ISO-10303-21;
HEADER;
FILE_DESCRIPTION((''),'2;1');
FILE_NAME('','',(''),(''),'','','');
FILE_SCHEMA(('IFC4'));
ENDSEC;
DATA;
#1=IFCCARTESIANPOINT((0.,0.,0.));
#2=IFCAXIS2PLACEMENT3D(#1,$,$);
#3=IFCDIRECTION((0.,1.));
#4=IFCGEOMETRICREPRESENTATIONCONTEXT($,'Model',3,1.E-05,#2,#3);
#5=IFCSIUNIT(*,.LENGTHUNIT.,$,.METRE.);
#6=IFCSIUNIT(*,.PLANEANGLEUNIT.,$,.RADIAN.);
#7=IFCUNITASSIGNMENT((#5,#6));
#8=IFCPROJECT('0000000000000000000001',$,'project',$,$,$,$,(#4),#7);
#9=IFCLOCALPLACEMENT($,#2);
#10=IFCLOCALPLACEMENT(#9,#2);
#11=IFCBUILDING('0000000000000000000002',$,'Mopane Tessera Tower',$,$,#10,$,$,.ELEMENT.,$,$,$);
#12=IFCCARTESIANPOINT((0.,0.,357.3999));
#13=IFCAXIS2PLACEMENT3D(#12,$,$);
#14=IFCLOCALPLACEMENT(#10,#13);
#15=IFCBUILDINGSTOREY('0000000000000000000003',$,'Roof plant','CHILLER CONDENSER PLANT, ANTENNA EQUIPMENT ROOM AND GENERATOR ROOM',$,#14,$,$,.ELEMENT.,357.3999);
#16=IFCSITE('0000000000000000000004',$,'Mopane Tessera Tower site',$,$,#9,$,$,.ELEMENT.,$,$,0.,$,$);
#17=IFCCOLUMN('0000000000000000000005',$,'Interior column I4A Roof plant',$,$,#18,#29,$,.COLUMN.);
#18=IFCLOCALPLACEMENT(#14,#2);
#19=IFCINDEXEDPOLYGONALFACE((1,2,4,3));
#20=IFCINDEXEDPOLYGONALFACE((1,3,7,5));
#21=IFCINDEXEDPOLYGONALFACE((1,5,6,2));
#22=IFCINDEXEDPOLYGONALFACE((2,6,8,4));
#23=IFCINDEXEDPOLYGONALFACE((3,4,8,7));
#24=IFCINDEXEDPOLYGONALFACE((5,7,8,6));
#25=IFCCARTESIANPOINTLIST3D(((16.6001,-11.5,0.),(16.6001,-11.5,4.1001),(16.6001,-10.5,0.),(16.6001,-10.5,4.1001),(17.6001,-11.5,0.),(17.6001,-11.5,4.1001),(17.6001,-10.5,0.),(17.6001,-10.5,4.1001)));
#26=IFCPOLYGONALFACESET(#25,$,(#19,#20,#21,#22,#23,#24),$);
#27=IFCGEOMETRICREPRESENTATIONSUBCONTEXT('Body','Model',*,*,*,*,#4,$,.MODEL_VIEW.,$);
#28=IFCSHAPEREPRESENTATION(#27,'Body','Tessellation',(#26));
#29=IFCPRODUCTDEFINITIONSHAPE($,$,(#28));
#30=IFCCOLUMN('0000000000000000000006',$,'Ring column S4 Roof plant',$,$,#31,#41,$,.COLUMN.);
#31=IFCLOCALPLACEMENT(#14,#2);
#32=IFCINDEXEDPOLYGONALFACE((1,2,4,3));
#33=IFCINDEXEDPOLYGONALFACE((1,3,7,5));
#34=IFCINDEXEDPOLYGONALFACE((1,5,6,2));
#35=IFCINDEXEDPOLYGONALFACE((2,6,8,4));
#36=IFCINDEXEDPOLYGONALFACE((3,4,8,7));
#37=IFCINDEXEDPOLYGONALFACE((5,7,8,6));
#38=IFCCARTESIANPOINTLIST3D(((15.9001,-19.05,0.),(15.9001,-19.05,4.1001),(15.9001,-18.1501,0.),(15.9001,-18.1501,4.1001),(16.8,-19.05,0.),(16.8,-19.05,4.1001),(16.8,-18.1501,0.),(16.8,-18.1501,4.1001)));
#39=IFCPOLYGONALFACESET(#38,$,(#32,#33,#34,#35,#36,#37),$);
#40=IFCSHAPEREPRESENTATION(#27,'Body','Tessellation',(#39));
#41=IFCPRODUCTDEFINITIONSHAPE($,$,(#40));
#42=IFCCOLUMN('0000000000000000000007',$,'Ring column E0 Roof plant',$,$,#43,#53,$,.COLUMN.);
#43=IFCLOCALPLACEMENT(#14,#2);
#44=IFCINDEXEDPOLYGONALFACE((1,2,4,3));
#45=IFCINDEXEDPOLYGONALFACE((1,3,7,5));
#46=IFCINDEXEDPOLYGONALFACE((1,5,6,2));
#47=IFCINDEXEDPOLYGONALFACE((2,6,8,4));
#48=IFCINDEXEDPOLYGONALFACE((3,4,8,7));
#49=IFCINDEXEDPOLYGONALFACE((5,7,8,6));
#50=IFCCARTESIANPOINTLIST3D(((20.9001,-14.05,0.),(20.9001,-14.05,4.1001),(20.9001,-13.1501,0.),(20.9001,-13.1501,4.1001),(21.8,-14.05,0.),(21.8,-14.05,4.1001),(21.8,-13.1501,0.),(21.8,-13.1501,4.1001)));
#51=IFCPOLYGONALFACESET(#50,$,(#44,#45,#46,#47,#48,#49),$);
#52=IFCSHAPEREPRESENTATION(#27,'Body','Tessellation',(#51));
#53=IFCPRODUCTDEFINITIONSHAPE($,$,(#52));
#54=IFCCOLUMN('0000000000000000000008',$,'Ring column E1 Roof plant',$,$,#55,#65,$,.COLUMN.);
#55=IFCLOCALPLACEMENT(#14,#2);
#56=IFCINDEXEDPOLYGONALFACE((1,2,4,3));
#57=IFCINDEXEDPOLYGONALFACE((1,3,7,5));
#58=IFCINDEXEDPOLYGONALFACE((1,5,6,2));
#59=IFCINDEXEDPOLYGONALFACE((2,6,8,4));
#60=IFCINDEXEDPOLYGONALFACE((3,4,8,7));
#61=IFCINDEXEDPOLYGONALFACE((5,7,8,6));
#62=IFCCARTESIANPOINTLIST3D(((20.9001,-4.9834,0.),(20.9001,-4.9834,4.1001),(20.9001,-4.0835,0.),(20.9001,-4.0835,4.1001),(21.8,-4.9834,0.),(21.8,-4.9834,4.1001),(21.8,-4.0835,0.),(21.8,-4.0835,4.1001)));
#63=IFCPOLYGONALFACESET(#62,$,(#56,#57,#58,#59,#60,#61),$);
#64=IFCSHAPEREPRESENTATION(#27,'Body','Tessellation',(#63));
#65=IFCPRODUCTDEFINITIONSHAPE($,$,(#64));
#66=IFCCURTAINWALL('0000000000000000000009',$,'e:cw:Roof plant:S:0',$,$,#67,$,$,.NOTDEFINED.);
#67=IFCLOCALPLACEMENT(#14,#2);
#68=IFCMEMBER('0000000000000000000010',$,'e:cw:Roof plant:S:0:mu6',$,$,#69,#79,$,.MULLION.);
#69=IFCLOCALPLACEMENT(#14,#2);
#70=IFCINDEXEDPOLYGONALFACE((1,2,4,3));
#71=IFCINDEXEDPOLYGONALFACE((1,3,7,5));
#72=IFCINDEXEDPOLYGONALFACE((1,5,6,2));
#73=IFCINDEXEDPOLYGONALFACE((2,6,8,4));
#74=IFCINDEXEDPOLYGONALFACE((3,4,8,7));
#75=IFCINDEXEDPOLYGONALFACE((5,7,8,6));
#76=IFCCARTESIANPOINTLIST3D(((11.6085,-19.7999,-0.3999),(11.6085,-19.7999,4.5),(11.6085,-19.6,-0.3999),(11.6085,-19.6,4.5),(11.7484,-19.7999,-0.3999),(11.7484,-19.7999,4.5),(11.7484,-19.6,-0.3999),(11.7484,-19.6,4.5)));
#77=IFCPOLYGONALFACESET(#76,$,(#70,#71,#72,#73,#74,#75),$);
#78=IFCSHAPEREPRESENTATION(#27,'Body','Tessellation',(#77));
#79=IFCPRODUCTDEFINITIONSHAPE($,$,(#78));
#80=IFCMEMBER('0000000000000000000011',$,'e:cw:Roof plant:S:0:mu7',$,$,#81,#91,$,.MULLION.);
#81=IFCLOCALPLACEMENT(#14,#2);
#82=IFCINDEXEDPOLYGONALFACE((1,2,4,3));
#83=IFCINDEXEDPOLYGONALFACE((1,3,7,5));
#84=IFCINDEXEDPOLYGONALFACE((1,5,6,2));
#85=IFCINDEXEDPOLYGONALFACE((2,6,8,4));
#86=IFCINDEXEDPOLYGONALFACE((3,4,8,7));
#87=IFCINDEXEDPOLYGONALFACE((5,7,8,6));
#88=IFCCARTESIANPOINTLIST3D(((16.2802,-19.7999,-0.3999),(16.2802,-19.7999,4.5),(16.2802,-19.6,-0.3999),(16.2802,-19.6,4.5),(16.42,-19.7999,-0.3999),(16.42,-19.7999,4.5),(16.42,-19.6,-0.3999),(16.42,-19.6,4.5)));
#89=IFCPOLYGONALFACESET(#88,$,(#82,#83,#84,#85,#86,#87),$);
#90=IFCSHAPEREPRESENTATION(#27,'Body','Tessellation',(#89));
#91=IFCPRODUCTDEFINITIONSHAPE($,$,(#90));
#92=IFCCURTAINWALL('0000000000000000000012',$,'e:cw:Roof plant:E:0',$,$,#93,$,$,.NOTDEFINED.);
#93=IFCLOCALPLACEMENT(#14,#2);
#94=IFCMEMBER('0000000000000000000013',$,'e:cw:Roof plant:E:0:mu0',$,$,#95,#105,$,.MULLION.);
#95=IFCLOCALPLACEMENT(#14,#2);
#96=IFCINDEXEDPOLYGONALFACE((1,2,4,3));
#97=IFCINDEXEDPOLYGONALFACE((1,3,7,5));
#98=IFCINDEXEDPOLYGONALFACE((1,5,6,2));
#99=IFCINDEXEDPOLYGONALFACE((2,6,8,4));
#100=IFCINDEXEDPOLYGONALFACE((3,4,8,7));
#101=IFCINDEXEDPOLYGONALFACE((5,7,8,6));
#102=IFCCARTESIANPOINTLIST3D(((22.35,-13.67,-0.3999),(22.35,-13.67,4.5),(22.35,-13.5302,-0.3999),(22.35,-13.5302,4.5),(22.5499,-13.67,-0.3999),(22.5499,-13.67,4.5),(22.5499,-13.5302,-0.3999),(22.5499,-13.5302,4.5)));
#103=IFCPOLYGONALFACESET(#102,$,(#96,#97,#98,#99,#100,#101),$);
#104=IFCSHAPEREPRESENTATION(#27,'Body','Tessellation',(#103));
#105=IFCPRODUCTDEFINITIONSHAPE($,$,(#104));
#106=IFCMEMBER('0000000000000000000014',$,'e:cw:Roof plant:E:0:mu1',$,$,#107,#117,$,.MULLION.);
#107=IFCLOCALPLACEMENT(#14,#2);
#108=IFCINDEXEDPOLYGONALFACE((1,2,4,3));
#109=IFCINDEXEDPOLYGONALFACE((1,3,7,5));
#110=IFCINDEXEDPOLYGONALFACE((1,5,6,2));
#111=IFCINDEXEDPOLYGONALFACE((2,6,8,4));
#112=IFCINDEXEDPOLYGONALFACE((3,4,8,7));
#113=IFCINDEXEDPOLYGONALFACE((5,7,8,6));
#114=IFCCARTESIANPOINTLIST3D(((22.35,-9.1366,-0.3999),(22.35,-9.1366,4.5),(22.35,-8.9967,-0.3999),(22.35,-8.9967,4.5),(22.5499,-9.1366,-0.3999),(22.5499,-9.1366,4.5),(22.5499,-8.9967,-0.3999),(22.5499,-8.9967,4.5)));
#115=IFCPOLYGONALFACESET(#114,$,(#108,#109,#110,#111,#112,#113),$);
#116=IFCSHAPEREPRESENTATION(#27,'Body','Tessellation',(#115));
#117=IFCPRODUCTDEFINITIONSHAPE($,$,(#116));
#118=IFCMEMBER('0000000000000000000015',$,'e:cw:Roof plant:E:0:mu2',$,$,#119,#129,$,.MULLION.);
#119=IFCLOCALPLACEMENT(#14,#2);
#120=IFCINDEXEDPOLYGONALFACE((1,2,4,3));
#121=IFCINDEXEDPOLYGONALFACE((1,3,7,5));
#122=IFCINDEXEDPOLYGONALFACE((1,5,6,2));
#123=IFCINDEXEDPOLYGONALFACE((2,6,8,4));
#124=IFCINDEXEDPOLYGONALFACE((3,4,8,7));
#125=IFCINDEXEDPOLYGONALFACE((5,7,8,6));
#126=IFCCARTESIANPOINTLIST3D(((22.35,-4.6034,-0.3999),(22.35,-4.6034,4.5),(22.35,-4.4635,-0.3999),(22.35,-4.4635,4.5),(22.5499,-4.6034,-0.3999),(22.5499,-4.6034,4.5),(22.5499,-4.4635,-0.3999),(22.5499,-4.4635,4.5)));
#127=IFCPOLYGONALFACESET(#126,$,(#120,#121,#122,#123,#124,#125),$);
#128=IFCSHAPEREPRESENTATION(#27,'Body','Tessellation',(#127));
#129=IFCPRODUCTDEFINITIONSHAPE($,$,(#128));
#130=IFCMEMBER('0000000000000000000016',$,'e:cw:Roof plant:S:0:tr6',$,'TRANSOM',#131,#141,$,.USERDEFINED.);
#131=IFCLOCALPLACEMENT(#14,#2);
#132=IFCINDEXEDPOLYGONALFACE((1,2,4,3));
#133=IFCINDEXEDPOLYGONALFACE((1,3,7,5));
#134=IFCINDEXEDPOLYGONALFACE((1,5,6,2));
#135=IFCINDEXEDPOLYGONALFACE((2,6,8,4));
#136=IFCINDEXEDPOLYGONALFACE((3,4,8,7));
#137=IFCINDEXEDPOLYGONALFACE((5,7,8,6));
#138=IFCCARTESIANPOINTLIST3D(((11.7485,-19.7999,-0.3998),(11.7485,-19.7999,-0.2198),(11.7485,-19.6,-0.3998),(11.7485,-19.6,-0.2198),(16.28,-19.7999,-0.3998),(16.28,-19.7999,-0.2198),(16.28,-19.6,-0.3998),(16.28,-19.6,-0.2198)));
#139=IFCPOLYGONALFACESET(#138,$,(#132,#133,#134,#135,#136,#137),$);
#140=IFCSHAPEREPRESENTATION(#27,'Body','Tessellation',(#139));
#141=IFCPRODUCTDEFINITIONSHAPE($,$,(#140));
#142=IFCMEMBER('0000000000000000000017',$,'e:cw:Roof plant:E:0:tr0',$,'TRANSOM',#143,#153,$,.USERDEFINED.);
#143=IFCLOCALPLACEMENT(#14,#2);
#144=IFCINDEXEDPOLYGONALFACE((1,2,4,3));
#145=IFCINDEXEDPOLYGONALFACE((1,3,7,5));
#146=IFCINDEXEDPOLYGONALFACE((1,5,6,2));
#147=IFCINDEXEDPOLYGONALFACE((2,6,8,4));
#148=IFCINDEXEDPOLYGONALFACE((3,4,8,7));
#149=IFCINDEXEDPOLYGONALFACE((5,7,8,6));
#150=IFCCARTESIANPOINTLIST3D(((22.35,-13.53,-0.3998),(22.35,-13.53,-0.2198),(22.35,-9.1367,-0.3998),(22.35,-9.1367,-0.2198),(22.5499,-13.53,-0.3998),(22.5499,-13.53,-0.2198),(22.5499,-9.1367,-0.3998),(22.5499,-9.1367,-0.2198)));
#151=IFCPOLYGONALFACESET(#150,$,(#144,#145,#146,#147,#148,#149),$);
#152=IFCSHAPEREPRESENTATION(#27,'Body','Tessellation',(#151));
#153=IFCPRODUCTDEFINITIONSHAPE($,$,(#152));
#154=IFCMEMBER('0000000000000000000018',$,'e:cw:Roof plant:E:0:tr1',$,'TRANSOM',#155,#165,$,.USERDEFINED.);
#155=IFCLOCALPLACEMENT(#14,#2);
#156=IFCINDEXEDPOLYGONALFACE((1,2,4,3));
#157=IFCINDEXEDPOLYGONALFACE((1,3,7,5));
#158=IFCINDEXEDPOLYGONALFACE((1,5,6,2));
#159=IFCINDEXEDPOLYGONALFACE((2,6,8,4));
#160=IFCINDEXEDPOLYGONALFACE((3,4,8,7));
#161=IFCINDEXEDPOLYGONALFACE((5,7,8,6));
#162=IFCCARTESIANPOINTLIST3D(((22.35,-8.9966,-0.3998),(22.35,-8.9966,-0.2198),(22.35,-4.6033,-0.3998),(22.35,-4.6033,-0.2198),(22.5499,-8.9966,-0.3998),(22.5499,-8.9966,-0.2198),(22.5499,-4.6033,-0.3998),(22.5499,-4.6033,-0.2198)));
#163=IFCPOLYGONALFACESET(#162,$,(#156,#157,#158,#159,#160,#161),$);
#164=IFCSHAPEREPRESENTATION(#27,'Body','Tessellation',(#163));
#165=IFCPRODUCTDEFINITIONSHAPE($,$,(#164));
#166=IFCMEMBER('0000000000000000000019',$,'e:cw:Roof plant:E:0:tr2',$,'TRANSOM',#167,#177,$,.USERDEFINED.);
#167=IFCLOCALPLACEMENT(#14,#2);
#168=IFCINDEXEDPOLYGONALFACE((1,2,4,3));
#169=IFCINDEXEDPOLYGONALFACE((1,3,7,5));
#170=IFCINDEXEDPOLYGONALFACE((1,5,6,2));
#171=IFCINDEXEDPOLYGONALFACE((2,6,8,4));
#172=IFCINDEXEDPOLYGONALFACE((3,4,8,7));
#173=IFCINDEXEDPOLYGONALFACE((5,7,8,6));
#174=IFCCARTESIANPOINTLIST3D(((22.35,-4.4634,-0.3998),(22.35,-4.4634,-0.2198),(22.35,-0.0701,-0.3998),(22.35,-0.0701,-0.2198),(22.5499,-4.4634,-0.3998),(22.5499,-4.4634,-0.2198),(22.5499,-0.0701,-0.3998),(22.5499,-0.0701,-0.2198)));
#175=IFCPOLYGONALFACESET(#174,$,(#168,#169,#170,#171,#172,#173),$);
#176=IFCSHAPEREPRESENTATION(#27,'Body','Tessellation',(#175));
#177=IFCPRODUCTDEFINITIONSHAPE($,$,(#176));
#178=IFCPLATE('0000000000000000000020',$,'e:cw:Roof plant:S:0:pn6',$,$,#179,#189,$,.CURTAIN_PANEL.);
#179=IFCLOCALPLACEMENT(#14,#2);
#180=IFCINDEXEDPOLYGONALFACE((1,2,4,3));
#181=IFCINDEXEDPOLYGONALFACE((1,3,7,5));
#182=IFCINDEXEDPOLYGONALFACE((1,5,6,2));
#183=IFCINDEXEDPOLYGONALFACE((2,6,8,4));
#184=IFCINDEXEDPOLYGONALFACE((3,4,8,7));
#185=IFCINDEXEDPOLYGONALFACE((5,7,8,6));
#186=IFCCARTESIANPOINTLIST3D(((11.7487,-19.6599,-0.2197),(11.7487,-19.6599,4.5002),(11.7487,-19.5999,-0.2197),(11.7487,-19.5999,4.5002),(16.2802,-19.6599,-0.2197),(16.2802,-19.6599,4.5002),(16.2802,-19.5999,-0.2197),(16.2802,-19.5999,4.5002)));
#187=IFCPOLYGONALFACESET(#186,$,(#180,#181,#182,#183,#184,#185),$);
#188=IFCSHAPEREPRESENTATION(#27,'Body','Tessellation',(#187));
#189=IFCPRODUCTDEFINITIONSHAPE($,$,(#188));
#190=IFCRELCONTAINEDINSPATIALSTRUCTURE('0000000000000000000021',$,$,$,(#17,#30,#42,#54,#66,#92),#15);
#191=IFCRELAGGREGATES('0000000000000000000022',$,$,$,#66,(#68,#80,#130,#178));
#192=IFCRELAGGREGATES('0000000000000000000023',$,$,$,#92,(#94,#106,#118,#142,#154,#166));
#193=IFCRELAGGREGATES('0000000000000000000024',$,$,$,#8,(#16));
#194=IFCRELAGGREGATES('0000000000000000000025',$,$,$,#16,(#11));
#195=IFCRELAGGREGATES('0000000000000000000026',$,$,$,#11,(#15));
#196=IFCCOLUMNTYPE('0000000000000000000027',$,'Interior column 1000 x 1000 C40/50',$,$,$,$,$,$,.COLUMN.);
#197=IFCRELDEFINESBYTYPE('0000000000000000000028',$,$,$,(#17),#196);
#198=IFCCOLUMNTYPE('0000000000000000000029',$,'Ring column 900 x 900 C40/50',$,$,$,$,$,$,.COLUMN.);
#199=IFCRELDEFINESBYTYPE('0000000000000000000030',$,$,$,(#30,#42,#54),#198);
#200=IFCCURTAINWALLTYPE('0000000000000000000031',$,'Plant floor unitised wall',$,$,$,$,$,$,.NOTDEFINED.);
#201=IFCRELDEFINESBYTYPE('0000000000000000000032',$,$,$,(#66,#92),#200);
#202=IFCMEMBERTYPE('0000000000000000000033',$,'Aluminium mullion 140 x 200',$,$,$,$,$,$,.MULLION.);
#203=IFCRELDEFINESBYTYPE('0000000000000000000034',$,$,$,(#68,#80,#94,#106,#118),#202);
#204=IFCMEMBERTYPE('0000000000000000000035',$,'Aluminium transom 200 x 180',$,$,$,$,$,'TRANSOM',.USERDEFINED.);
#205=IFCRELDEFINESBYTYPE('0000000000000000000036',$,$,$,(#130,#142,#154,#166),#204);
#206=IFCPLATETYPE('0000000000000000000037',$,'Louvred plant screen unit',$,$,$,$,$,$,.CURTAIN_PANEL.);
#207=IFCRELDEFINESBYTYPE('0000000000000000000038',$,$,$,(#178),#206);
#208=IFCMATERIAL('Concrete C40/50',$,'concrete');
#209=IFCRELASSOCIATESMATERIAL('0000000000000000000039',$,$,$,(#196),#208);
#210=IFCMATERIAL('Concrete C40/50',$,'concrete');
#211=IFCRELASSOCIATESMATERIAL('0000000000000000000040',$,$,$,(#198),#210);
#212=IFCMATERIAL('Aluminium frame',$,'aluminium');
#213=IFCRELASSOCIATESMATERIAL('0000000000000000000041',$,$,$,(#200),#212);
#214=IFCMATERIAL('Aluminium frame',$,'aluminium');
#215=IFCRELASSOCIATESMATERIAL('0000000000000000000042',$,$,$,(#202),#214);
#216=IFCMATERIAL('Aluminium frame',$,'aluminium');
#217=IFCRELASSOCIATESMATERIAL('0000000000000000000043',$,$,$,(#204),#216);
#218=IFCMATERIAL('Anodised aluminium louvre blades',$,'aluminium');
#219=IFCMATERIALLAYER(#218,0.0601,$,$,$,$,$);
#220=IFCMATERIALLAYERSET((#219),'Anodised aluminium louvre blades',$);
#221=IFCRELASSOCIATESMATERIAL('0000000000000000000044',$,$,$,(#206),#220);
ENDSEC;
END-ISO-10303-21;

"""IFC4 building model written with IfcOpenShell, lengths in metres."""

from ifc_helpers import new_model, si_unit, direction, frame, origin, origin_2d, place, context, subcontext, project, spatial, rectangle, extrude, material, layer, layer_set, material_profile, profile_set, type_object, element, aggregate, save


model = new_model("IFC4")

# Units and contexts
model_context = context("Model", 3, precision=1e-05, world=origin(), true_north=direction((0.0, 1.0)))
body_context = subcontext(model_context, "Body", "Model", "MODEL_VIEW")
ifc_project = project(units=[si_unit("LENGTHUNIT", "METRE"), si_unit("PLANEANGLEUNIT", "RADIAN")], contexts=[model_context])

# Site, building, storey
site_placement = place(None, origin())
site = spatial("IfcSite", under=ifc_project, at=site_placement, Name="Mopane Tessera Tower site", CompositionType="ELEMENT", RefElevation=0.0)
building_placement = place(site_placement, origin())
building = spatial("IfcBuilding", under=site, at=building_placement, Name="Mopane Tessera Tower", CompositionType="ELEMENT")
storey_placement = place(building_placement, frame((0.0, 0.0, 357.3999)))
storey = spatial("IfcBuildingStorey", under=building, at=storey_placement, Name="Roof plant", Description="CHILLER CONDENSER PLANT, ANTENNA EQUIPMENT ROOM AND GENERATOR ROOM", CompositionType="ELEMENT", Elevation=357.3999)

# Columns
ifc_material_1 = material(Name="Concrete C40/50", Category="concrete")
ifc_material_profile_1 = material_profile(ifc_material_1, rectangle(XDim=1.0, YDim=1.0, at=origin_2d()))
ifc_profile_set_1 = profile_set([ifc_material_profile_1], Name="Concrete C40/50")
column_type_1 = type_object("IfcColumnType", Name="Interior column 1000 x 1000 C40/50", PredefinedType="COLUMN", material=ifc_profile_set_1)
column_placement = place(storey_placement, frame((17.1001, -11.0, 0.0), z_axis=(0.0, 0.0, 1.0), x_axis=(1.0, 0.0, 0.0)))
element("IfcColumn", 1, at=column_placement, inside=storey, type_object=column_type_1, Name="Interior column I4A Roof plant", PredefinedType="COLUMN", context=body_context, shape_type="SweptSolid", body=[
    extrude(rectangle(XDim=1.0, YDim=1.0, at=origin_2d()), origin(), (0.0, 0.0, 1.0), 4.1001),
])
ifc_material_2 = material(Name="Concrete C40/50", Category="concrete")
ifc_material_profile_2 = material_profile(ifc_material_2, rectangle(XDim=0.8999, YDim=0.8999, at=origin_2d()))
ifc_profile_set_2 = profile_set([ifc_material_profile_2], Name="Concrete C40/50")
column_type_2 = type_object("IfcColumnType", Name="Ring column 900 x 900 C40/50", PredefinedType="COLUMN", material=ifc_profile_set_2)
for number, where, z_axis, x_axis, name in (
    (2, (16.3501, -18.6001, 0.0), (0.0, 0.0, 1.0), (1.0, 0.0, 0.0), "Ring column S4 Roof plant"),
    (3, (21.3501, -13.6001, 0.0), (0.0, 0.0, 1.0), (1.0, 0.0, 0.0), "Ring column E0 Roof plant"),
    (4, (21.3501, -4.5334, 0.0), (0.0, 0.0, 1.0), (1.0, 0.0, 0.0), "Ring column E1 Roof plant"),
):
    element("IfcColumn", number, at=place(storey_placement, frame(where, z_axis=z_axis, x_axis=x_axis)), inside=storey, type_object=column_type_2, Name=name, PredefinedType="COLUMN", context=body_context, shape_type="SweptSolid", body=[
        extrude(rectangle(XDim=0.8999, YDim=0.8999, at=origin_2d()), origin(), (0.0, 0.0, 1.0), 4.1001),
    ])

# Curtain walls, members
ifc_material_3 = material(Name="Aluminium frame", Category="aluminium")
curtain_wall_type = type_object("IfcCurtainWallType", Name="Plant floor unitised wall", PredefinedType="NOTDEFINED", material=ifc_material_3)
curtain_wall_1_placement = place(storey_placement, origin())
curtain_wall_1 = element("IfcCurtainWall", 5, at=curtain_wall_1_placement, inside=storey, type_object=curtain_wall_type, Name="e:cw:Roof plant:S:0", PredefinedType="NOTDEFINED")
ifc_material_4 = material(Name="Aluminium frame", Category="aluminium")
ifc_material_profile_3 = material_profile(ifc_material_4, rectangle(XDim=0.1399, YDim=0.2, at=origin_2d()))
ifc_profile_set_3 = profile_set([ifc_material_profile_3], Name="Aluminium frame")
member_type_1 = type_object("IfcMemberType", Name="Aluminium mullion 140 x 200", PredefinedType="MULLION", material=ifc_profile_set_3)
member_1_placement = place(storey_placement, frame((11.6785, -19.7, -0.3999), z_axis=(0.0, 0.0, 1.0), x_axis=(1.0, 0.0, 0.0)))
member_1 = element("IfcMember", 6, at=member_1_placement, type_object=member_type_1, Name="e:cw:Roof plant:S:0:mu6", PredefinedType="MULLION", context=body_context, shape_type="SweptSolid", body=[
    extrude(rectangle(XDim=0.1399, YDim=0.2, at=origin_2d()), origin(), (0.0, 0.0, 1.0), 4.8999),
])
member_2_placement = place(storey_placement, frame((16.3501, -19.7, -0.3999), z_axis=(0.0, 0.0, 1.0), x_axis=(1.0, 0.0, 0.0)))
member_2 = element("IfcMember", 7, at=member_2_placement, type_object=member_type_1, Name="e:cw:Roof plant:S:0:mu7", PredefinedType="MULLION", context=body_context, shape_type="SweptSolid", body=[
    extrude(rectangle(XDim=0.1399, YDim=0.2, at=origin_2d()), origin(), (0.0, 0.0, 1.0), 4.8999),
])
curtain_wall_2_placement = place(storey_placement, origin())
curtain_wall_2 = element("IfcCurtainWall", 8, at=curtain_wall_2_placement, inside=storey, type_object=curtain_wall_type, Name="e:cw:Roof plant:E:0", PredefinedType="NOTDEFINED")
member_3_placement = place(storey_placement, frame((22.45, -13.6001, -0.3999), z_axis=(0.0, 0.0, 1.0), x_axis=(0.0, 1.0, 0.0)))
member_3 = element("IfcMember", 9, at=member_3_placement, type_object=member_type_1, Name="e:cw:Roof plant:E:0:mu0", PredefinedType="MULLION", context=body_context, shape_type="SweptSolid", body=[
    extrude(rectangle(XDim=0.1399, YDim=0.2, at=origin_2d()), origin(), (0.0, 0.0, 1.0), 4.8999),
])
member_4_placement = place(storey_placement, frame((22.45, -9.0667, -0.3999), z_axis=(0.0, 0.0, 1.0), x_axis=(0.0, 1.0, 0.0)))
member_4 = element("IfcMember", 10, at=member_4_placement, type_object=member_type_1, Name="e:cw:Roof plant:E:0:mu1", PredefinedType="MULLION", context=body_context, shape_type="SweptSolid", body=[
    extrude(rectangle(XDim=0.1399, YDim=0.2, at=origin_2d()), origin(), (0.0, 0.0, 1.0), 4.8999),
])
member_5_placement = place(storey_placement, frame((22.45, -4.5334, -0.3999), z_axis=(0.0, 0.0, 1.0), x_axis=(0.0, 1.0, 0.0)))
member_5 = element("IfcMember", 11, at=member_5_placement, type_object=member_type_1, Name="e:cw:Roof plant:E:0:mu2", PredefinedType="MULLION", context=body_context, shape_type="SweptSolid", body=[
    extrude(rectangle(XDim=0.1399, YDim=0.2, at=origin_2d()), origin(), (0.0, 0.0, 1.0), 4.8999),
])

# Members
ifc_material_5 = material(Name="Aluminium frame", Category="aluminium")
ifc_material_profile_4 = material_profile(ifc_material_5, rectangle(XDim=0.2, YDim=0.1799, at=origin_2d()))
ifc_profile_set_4 = profile_set([ifc_material_profile_4], Name="Aluminium frame")
member_type_2 = type_object("IfcMemberType", Name="Aluminium transom 200 x 180", ElementType="TRANSOM", PredefinedType="USERDEFINED", material=ifc_profile_set_4)
member_6_placement = place(storey_placement, frame((11.7485, -19.7, -0.3098), z_axis=(1.0, 0.0, 0.0), x_axis=(0.0, 1.0, 0.0)))
member_6 = element("IfcMember", 12, at=member_6_placement, type_object=member_type_2, Name="e:cw:Roof plant:S:0:tr6", ObjectType="TRANSOM", PredefinedType="USERDEFINED", context=body_context, shape_type="SweptSolid", body=[
    extrude(rectangle(XDim=0.2, YDim=0.1799, at=origin_2d()), origin(), (0.0, 0.0, 1.0), 4.5315),
])
member_7_placement = place(storey_placement, frame((22.45, -13.53, -0.3098), z_axis=(0.0, 1.0, 0.0), x_axis=(-1.0, 0.0, 0.0)))
member_7 = element("IfcMember", 13, at=member_7_placement, type_object=member_type_2, Name="e:cw:Roof plant:E:0:tr0", ObjectType="TRANSOM", PredefinedType="USERDEFINED", context=body_context, shape_type="SweptSolid", body=[
    extrude(rectangle(XDim=0.2, YDim=0.1799, at=origin_2d()), origin(), (0.0, 0.0, 1.0), 4.3933),
])
member_8_placement = place(storey_placement, frame((22.45, -8.9966, -0.3098), z_axis=(0.0, 1.0, 0.0), x_axis=(-1.0, 0.0, 0.0)))
member_8 = element("IfcMember", 14, at=member_8_placement, type_object=member_type_2, Name="e:cw:Roof plant:E:0:tr1", ObjectType="TRANSOM", PredefinedType="USERDEFINED", context=body_context, shape_type="SweptSolid", body=[
    extrude(rectangle(XDim=0.2, YDim=0.1799, at=origin_2d()), origin(), (0.0, 0.0, 1.0), 4.3933),
])
member_9_placement = place(storey_placement, frame((22.45, -4.4634, -0.3098), z_axis=(0.0, 1.0, 0.0), x_axis=(-1.0, 0.0, 0.0)))
member_9 = element("IfcMember", 15, at=member_9_placement, type_object=member_type_2, Name="e:cw:Roof plant:E:0:tr2", ObjectType="TRANSOM", PredefinedType="USERDEFINED", context=body_context, shape_type="SweptSolid", body=[
    extrude(rectangle(XDim=0.2, YDim=0.1799, at=origin_2d()), origin(), (0.0, 0.0, 1.0), 4.3933),
])

# Plate
ifc_material_6 = material(Name="Anodised aluminium louvre blades", Category="aluminium")
ifc_layer_1 = layer(ifc_material_6, 0.0601)
ifc_layer_set_1 = layer_set([ifc_layer_1], Name="Anodised aluminium louvre blades")
plate_type = type_object("IfcPlateType", Name="Louvred plant screen unit", PredefinedType="CURTAIN_PANEL", material=ifc_layer_set_1)
plate_1_placement = place(storey_placement, frame((14.0144, -19.6299, -0.2197), z_axis=(0.0, 0.0, 1.0), x_axis=(1.0, 0.0, 0.0)))
plate_1 = element("IfcPlate", 16, at=plate_1_placement, type_object=plate_type, Name="e:cw:Roof plant:S:0:pn6", PredefinedType="CURTAIN_PANEL", context=body_context, shape_type="SweptSolid", body=[
    extrude(rectangle(XDim=4.5315, YDim=0.0601, at=origin_2d()), origin(), (0.0, 0.0, 1.0), 4.72),
])
aggregate(curtain_wall_1, [member_1, member_2, member_6, plate_1])
aggregate(curtain_wall_2, [member_3, member_4, member_5, member_7, member_8, member_9])

save(model, "model.ifc")
